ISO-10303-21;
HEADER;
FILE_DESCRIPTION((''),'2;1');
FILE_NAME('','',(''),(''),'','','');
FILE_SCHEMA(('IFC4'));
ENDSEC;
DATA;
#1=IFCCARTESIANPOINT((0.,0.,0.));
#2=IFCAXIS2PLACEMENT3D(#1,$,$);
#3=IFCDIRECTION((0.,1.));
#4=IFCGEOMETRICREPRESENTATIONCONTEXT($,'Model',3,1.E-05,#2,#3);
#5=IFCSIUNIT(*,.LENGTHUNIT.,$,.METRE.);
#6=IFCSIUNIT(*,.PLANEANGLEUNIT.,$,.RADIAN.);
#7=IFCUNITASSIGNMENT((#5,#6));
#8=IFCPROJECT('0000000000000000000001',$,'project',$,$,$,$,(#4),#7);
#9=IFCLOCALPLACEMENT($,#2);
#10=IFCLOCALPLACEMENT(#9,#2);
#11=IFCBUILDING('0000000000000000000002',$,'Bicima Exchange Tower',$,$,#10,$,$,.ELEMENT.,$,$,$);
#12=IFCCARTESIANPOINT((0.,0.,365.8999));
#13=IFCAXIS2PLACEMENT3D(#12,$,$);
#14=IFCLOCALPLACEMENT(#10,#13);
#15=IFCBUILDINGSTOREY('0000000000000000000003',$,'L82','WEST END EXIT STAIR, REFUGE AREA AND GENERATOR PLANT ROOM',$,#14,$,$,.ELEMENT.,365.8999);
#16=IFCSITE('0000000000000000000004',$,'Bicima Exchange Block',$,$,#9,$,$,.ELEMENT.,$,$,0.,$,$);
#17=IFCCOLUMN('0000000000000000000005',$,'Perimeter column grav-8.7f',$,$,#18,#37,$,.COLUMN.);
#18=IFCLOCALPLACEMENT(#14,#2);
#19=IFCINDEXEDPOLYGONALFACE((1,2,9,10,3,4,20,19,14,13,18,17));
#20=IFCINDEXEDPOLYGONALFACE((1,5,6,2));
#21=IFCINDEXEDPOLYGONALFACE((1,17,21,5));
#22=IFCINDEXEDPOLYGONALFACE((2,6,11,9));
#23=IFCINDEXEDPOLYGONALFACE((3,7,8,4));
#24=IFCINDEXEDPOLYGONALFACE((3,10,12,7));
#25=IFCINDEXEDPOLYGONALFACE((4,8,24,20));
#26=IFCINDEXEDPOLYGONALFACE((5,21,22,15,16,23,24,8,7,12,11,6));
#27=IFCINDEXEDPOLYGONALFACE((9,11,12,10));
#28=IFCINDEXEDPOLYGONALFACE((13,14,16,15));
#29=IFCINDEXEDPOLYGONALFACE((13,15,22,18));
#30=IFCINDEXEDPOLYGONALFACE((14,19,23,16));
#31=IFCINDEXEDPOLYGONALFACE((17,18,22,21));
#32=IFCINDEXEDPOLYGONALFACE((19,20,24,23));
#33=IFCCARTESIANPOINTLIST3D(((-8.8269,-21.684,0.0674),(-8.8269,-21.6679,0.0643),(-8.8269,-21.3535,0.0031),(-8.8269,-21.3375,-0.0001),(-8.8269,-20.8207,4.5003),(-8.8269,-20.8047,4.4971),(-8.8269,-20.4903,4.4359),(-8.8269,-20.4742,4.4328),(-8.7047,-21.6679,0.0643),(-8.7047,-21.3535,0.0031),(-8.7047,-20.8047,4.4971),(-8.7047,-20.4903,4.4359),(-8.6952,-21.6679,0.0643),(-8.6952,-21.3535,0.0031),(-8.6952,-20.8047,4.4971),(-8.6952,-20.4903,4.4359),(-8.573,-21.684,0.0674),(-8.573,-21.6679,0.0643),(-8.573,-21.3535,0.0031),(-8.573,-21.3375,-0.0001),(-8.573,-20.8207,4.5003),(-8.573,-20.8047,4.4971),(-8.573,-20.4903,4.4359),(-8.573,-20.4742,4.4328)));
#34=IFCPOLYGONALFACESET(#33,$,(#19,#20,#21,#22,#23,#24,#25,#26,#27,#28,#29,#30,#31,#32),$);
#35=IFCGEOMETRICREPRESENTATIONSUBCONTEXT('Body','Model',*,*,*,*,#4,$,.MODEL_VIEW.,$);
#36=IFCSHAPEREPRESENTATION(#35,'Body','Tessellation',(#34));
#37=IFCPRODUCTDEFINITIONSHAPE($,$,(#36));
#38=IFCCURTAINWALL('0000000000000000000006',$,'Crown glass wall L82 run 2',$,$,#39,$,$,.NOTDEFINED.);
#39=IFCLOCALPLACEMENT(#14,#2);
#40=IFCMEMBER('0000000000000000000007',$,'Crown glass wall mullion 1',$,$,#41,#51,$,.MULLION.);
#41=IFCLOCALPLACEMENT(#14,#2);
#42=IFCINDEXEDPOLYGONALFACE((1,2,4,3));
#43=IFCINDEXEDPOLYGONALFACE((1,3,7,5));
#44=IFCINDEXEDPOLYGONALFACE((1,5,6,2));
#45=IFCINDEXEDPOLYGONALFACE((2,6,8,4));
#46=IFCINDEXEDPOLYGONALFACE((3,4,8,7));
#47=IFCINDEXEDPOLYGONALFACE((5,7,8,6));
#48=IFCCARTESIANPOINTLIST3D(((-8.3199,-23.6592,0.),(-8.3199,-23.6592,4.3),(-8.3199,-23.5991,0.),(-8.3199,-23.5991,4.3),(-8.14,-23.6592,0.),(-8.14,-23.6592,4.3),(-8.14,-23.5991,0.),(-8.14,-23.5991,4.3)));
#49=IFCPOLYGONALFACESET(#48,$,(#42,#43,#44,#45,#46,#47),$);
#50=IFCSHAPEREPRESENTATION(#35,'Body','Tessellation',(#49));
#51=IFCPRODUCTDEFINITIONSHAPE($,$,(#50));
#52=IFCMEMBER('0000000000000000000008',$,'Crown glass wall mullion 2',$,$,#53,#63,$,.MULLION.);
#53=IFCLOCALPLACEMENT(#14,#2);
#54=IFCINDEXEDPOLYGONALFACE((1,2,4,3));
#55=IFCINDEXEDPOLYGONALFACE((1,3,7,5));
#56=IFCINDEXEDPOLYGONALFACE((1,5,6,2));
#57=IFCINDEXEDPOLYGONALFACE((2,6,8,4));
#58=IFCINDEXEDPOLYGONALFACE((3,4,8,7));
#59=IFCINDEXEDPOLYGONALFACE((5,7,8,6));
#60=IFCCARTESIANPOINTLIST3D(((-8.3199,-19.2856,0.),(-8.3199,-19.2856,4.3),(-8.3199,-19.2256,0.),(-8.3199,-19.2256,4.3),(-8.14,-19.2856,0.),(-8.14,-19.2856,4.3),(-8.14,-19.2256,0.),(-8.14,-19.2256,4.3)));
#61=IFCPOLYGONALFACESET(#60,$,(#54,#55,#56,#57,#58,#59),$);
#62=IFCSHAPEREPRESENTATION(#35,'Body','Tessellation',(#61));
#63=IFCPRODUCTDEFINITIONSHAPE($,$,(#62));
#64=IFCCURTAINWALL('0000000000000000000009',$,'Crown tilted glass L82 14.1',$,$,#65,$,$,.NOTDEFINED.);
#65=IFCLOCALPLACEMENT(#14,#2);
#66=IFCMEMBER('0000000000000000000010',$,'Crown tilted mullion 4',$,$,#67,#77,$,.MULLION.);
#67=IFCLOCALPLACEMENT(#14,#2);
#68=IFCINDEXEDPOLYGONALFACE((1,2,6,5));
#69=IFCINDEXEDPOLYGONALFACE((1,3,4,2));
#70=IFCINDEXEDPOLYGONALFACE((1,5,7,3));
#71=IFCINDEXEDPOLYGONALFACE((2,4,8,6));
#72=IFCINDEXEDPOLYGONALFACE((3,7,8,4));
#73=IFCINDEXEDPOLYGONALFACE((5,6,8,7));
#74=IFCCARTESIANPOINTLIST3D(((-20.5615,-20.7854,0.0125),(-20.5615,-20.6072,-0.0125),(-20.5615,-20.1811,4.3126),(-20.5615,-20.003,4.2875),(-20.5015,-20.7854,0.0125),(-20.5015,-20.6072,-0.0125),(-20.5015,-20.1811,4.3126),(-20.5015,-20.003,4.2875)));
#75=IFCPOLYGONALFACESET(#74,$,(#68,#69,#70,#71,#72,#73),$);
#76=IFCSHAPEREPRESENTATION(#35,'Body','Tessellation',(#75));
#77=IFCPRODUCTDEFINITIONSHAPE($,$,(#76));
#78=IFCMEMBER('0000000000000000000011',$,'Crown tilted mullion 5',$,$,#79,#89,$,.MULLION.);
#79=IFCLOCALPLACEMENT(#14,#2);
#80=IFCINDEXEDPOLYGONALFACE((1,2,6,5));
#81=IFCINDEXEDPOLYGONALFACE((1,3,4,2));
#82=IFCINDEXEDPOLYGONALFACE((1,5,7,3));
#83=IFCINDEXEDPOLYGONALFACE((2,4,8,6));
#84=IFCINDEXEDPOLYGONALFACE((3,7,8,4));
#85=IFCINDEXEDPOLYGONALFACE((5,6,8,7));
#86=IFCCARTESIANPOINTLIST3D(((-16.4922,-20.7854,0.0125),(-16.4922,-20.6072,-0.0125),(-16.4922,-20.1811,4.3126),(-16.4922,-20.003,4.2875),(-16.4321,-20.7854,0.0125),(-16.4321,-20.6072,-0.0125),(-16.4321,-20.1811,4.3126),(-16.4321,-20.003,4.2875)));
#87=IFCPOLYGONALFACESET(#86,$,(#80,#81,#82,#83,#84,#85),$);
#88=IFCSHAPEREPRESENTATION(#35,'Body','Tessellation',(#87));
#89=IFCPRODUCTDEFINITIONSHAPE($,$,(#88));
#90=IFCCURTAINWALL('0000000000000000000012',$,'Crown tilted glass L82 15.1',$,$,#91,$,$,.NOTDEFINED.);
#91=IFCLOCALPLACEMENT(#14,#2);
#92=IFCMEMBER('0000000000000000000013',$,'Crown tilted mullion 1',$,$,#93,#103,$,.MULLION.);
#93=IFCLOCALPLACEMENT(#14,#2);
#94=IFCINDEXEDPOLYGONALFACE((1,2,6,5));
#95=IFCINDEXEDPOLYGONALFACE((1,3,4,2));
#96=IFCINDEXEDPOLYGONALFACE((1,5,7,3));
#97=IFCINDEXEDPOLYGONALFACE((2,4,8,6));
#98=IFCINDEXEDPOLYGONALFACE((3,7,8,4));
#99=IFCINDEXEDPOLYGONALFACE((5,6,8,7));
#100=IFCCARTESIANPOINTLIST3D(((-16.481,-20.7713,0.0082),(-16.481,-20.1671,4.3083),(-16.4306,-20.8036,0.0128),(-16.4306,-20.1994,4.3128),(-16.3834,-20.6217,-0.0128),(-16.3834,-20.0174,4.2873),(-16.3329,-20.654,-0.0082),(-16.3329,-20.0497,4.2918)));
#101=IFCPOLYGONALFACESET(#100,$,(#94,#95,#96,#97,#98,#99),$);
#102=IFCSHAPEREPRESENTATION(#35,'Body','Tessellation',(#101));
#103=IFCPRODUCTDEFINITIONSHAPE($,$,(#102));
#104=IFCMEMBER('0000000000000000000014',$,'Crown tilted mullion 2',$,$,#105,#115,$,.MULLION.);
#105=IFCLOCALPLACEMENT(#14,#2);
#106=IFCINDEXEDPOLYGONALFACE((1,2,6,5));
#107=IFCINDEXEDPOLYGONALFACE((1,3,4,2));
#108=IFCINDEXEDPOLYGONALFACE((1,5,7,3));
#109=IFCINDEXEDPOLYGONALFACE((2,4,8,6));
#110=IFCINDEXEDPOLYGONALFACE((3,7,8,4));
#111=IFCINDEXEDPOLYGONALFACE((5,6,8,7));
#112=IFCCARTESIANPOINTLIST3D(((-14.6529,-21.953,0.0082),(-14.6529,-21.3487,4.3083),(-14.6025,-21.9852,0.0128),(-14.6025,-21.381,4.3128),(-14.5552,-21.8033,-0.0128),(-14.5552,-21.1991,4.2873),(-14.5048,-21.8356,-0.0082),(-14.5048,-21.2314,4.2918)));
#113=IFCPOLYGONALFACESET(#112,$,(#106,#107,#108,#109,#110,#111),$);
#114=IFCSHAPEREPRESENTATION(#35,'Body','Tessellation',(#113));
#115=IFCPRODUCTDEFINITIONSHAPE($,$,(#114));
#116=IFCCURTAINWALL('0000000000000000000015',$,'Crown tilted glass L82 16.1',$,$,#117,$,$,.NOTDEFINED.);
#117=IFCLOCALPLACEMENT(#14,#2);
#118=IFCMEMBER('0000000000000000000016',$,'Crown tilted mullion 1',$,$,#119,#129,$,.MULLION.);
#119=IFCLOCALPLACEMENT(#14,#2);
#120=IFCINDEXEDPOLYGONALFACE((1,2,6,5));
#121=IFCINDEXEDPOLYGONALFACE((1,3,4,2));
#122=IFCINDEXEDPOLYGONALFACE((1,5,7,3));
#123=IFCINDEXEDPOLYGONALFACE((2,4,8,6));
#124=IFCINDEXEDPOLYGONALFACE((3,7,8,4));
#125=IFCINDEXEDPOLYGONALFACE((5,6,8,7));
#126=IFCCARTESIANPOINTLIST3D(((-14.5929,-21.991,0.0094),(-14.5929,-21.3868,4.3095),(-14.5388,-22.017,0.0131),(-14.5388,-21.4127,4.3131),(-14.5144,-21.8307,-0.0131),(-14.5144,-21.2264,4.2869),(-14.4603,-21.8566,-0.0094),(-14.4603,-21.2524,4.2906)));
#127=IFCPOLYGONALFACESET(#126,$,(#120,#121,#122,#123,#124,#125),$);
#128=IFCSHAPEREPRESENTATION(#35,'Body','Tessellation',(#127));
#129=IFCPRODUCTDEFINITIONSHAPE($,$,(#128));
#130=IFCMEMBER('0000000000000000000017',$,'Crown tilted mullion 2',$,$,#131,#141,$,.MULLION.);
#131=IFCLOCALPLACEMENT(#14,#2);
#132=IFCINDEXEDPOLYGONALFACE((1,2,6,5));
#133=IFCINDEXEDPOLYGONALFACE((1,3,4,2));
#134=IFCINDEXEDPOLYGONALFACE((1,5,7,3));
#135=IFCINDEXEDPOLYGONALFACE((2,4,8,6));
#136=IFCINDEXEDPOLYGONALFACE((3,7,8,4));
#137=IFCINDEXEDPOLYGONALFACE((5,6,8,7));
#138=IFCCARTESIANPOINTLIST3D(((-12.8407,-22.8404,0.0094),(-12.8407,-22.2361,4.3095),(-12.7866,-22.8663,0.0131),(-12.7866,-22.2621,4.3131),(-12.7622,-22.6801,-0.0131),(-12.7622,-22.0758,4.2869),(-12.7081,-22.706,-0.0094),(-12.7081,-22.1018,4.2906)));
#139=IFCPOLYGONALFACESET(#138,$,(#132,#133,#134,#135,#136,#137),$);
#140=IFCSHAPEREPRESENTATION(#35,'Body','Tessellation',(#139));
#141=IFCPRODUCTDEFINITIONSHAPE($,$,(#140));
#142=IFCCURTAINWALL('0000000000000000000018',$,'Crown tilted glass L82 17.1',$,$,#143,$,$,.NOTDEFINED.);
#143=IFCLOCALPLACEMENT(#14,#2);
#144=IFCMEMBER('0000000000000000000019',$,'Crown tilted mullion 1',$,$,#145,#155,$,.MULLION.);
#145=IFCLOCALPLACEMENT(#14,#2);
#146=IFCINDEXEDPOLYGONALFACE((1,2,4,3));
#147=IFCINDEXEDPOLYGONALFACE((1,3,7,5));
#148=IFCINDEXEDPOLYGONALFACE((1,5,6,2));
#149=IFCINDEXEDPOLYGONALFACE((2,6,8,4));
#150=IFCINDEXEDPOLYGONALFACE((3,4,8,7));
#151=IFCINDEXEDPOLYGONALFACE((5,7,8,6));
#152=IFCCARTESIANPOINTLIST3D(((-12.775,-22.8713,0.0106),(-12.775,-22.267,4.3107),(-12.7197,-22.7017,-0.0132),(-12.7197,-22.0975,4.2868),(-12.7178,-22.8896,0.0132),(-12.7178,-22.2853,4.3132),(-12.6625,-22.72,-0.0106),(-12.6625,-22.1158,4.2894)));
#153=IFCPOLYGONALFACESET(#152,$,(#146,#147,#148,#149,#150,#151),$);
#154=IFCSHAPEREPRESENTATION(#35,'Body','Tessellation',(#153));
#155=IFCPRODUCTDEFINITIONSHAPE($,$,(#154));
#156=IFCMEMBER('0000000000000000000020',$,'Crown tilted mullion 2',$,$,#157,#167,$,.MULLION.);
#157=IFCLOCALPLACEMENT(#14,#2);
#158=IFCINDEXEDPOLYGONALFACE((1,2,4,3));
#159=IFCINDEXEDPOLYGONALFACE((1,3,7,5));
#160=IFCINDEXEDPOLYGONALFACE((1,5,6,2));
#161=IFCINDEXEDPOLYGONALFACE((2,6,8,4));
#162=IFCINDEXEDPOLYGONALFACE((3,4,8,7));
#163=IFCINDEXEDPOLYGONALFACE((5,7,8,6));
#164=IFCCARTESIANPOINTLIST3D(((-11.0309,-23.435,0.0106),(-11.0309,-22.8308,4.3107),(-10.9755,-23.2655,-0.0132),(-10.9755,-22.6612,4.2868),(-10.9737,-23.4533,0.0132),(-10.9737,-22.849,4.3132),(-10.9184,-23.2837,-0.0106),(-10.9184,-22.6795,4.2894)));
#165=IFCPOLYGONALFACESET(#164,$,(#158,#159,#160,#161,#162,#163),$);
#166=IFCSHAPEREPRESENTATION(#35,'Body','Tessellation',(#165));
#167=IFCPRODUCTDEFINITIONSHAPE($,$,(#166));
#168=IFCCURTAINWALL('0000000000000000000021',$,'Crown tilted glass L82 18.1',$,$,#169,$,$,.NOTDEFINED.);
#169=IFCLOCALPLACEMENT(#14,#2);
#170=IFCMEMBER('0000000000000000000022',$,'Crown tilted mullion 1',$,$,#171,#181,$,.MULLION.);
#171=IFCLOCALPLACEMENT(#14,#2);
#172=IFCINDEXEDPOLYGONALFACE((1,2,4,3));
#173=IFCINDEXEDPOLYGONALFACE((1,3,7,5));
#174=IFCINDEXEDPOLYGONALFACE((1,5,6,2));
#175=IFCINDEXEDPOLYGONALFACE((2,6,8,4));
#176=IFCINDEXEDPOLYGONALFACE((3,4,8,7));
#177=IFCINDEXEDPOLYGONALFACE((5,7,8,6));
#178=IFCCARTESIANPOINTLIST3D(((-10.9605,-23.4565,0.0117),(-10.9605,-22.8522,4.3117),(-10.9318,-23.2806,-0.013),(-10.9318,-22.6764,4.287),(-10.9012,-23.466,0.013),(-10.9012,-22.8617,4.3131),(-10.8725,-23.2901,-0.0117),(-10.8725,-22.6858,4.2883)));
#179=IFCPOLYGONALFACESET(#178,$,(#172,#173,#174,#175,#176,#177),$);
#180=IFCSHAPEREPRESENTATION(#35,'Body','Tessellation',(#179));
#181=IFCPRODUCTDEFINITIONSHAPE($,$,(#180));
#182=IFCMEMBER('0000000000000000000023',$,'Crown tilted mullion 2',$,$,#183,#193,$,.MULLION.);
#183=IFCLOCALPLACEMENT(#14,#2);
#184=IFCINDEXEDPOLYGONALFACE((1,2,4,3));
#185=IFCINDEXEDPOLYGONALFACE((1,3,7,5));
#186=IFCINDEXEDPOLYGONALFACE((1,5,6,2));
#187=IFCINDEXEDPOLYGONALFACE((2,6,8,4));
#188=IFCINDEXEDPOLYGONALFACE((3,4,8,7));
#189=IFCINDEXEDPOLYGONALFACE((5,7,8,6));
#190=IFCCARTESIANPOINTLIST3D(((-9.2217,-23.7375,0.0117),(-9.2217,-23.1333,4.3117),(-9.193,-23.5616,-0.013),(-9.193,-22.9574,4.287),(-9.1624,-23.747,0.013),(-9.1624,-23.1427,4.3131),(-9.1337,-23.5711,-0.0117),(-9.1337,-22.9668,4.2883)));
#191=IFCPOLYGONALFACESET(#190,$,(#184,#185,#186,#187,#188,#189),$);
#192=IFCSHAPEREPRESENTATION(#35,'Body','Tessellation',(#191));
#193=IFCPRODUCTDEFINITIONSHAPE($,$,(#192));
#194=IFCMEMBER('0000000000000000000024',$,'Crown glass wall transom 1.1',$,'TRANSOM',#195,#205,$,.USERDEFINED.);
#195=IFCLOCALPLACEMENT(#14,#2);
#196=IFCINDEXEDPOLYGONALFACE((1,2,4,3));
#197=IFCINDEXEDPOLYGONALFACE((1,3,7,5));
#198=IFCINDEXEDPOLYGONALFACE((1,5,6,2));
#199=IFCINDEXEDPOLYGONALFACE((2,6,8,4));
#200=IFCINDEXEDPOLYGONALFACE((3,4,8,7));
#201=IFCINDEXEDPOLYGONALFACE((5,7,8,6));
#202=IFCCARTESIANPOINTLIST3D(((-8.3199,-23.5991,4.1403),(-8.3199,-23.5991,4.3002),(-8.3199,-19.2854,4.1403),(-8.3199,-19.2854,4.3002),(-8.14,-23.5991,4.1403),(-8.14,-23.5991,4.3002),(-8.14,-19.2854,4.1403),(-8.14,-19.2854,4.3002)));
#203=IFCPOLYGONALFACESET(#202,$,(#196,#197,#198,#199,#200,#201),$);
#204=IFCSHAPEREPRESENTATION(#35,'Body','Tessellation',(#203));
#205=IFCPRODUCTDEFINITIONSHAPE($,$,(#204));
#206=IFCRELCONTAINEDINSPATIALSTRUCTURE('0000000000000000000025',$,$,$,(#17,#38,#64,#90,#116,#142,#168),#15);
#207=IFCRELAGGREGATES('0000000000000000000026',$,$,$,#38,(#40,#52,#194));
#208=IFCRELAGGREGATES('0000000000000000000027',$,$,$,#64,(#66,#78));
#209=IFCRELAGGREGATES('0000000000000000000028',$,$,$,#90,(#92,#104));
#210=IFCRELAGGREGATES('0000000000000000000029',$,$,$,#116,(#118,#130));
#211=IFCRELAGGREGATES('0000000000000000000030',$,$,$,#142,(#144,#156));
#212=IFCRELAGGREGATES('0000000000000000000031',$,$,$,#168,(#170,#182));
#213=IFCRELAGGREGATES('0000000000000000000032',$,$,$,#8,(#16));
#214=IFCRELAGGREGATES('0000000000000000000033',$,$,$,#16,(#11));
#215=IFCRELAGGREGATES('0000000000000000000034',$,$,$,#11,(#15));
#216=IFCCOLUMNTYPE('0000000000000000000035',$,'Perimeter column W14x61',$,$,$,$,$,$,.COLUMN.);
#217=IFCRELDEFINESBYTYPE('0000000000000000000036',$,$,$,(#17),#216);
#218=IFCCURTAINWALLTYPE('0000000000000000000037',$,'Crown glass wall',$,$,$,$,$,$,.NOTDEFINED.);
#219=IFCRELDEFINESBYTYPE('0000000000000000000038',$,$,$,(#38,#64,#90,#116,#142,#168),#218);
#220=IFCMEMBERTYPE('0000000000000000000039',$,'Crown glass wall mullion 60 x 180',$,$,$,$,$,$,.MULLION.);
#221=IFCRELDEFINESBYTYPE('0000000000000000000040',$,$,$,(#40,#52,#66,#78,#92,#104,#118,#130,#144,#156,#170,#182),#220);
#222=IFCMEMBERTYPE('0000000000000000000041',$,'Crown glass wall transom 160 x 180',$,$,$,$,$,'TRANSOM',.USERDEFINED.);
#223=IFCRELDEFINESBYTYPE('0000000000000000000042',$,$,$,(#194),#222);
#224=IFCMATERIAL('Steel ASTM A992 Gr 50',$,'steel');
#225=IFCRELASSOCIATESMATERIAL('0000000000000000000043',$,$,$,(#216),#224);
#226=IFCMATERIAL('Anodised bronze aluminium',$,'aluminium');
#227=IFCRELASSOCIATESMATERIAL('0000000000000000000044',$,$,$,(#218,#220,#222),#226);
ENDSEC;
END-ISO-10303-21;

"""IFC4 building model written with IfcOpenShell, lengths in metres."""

from ifc_helpers import new_model, si_unit, direction, frame, origin, origin_2d, place, context, subcontext, project, spatial, rectangle, i_section, extrude, material, material_profile, profile_set, type_object, element, aggregate, save


model = new_model("IFC4")

# Units and contexts
model_context = context("Model", 3, precision=1e-05, world=origin(), true_north=direction((0.0, 1.0)))
body_context = subcontext(model_context, "Body", "Model", "MODEL_VIEW")
ifc_project = project(units=[si_unit("LENGTHUNIT", "METRE"), si_unit("PLANEANGLEUNIT", "RADIAN")], contexts=[model_context])

# Site, building, storey
site_placement = place(None, origin())
site = spatial("IfcSite", under=ifc_project, at=site_placement, Name="Bicima Exchange Block", CompositionType="ELEMENT", RefElevation=0.0)
building_placement = place(site_placement, origin())
building = spatial("IfcBuilding", under=site, at=building_placement, Name="Bicima Exchange Tower", CompositionType="ELEMENT")
storey_placement = place(building_placement, frame((0.0, 0.0, 365.8999)))
storey = spatial("IfcBuildingStorey", under=building, at=storey_placement, Name="L82", Description="WEST END EXIT STAIR, REFUGE AREA AND GENERATOR PLANT ROOM", CompositionType="ELEMENT", Elevation=365.8999)

# Column
ifc_material_1 = material(Name="Steel ASTM A992 Gr 50", Category="steel")
ifc_material_profile_1 = material_profile(ifc_material_1, i_section(OverallWidth=0.2539, OverallDepth=0.353, WebThickness=0.0095, FlangeThickness=0.0164, at=origin_2d()))
ifc_profile_set_1 = profile_set([ifc_material_profile_1], Name="Steel ASTM A992 Gr 50")
column_type = type_object("IfcColumnType", Name="Perimeter column W14x61", PredefinedType="COLUMN", material=ifc_profile_set_1)
column_placement = place(storey_placement, frame((-8.7, -21.5107, 0.0337), z_axis=(0.0, 0.191155, 0.98156), x_axis=(-1.0, 0.0, 0.0)))
element("IfcColumn", 1, at=column_placement, inside=storey, type_object=column_type, Name="Perimeter column grav-8.7f", PredefinedType="COLUMN", context=body_context, shape_type="SweptSolid", body=[
    extrude(i_section(OverallWidth=0.2539, OverallDepth=0.353, WebThickness=0.0095, FlangeThickness=0.0164, at=origin_2d()), origin(), (0.0, 0.0, 1.0), 4.5161),
])

# Curtain walls, members
ifc_material_2 = material(Name="Anodised bronze aluminium", Category="aluminium")
curtain_wall_type = type_object("IfcCurtainWallType", Name="Crown glass wall", PredefinedType="NOTDEFINED", material=ifc_material_2)
curtain_wall_1_placement = place(storey_placement, origin())
curtain_wall_1 = element("IfcCurtainWall", 2, at=curtain_wall_1_placement, inside=storey, type_object=curtain_wall_type, Name="Crown glass wall L82 run 2", PredefinedType="NOTDEFINED")
ifc_material_profile_2 = material_profile(ifc_material_2, rectangle(XDim=0.1799, YDim=0.0601, at=origin_2d()))
ifc_profile_set_2 = profile_set([ifc_material_profile_2], Name="Anodised bronze aluminium")
member_type_1 = type_object("IfcMemberType", Name="Crown glass wall mullion 60 x 180", PredefinedType="MULLION", material=ifc_profile_set_2)
member_1_placement = place(storey_placement, frame((-8.23, -23.6292, 0.0), z_axis=(0.0, 0.0, 1.0), x_axis=(-1.0, 0.0, 0.0)))
member_1 = element("IfcMember", 3, at=member_1_placement, type_object=member_type_1, Name="Crown glass wall mullion 1", PredefinedType="MULLION", context=body_context, shape_type="SweptSolid", body=[
    extrude(rectangle(XDim=0.1799, YDim=0.0601, at=origin_2d()), origin(), (0.0, 0.0, 1.0), 4.3),
])
member_2_placement = place(storey_placement, frame((-8.23, -19.2556, 0.0), z_axis=(0.0, 0.0, 1.0), x_axis=(-1.0, 0.0, 0.0)))
member_2 = element("IfcMember", 4, at=member_2_placement, type_object=member_type_1, Name="Crown glass wall mullion 2", PredefinedType="MULLION", context=body_context, shape_type="SweptSolid", body=[
    extrude(rectangle(XDim=0.1799, YDim=0.0601, at=origin_2d()), origin(), (0.0, 0.0, 1.0), 4.3),
])
curtain_wall_2_placement = place(storey_placement, origin())
curtain_wall_2 = element("IfcCurtainWall", 5, at=curtain_wall_2_placement, inside=storey, type_object=curtain_wall_type, Name="Crown tilted glass L82 14.1", PredefinedType="NOTDEFINED")
member_3_placement = place(storey_placement, frame((-20.5315, -20.6963, 0.0), z_axis=(0.0, 0.139154, 0.990271), x_axis=(0.0, -0.990271, 0.139154)))
member_3 = element("IfcMember", 6, at=member_3_placement, type_object=member_type_1, Name="Crown tilted mullion 4", PredefinedType="MULLION", context=body_context, shape_type="SweptSolid", body=[
    extrude(rectangle(XDim=0.1799, YDim=0.0601, at=origin_2d()), origin(), (0.0, 0.0, 1.0), 4.3423),
])
member_4_placement = place(storey_placement, frame((-16.4622, -20.6963, 0.0), z_axis=(0.0, 0.139154, 0.990271), x_axis=(0.0, -0.990271, 0.139154)))
member_4 = element("IfcMember", 7, at=member_4_placement, type_object=member_type_1, Name="Crown tilted mullion 5", PredefinedType="MULLION", context=body_context, shape_type="SweptSolid", body=[
    extrude(rectangle(XDim=0.1799, YDim=0.0601, at=origin_2d()), origin(), (0.0, 0.0, 1.0), 4.3423),
])
curtain_wall_3_placement = place(storey_placement, origin())
curtain_wall_3 = element("IfcCurtainWall", 8, at=curtain_wall_3_placement, inside=storey, type_object=curtain_wall_type, Name="Crown tilted glass L82 15.1", PredefinedType="NOTDEFINED")
member_5_placement = place(storey_placement, frame((-16.407, -20.7126, 0.0), z_axis=(0.0, 0.139154, 0.990271), x_axis=(-0.542911, -0.83162, 0.11686)))
member_5 = element("IfcMember", 9, at=member_5_placement, type_object=member_type_1, Name="Crown tilted mullion 1", PredefinedType="MULLION", context=body_context, shape_type="SweptSolid", body=[
    extrude(rectangle(XDim=0.1799, YDim=0.0601, at=origin_2d()), origin(), (0.0, 0.0, 1.0), 4.3423),
])
member_6_placement = place(storey_placement, frame((-14.5789, -21.8943, 0.0), z_axis=(0.0, 0.139154, 0.990271), x_axis=(-0.542911, -0.83162, 0.11686)))
member_6 = element("IfcMember", 10, at=member_6_placement, type_object=member_type_1, Name="Crown tilted mullion 2", PredefinedType="MULLION", context=body_context, shape_type="SweptSolid", body=[
    extrude(rectangle(XDim=0.1799, YDim=0.0601, at=origin_2d()), origin(), (0.0, 0.0, 1.0), 4.3423),
])
curtain_wall_4_placement = place(storey_placement, origin())
curtain_wall_4 = element("IfcCurtainWall", 11, at=curtain_wall_4_placement, inside=storey, type_object=curtain_wall_type, Name="Crown tilted glass L82 16.1", PredefinedType="NOTDEFINED")
member_7_placement = place(storey_placement, frame((-14.5266, -21.9238, 0.0), z_axis=(0.0, 0.139154, 0.990271), x_axis=(-0.436225, -0.891083, 0.125216)))
member_7 = element("IfcMember", 12, at=member_7_placement, type_object=member_type_1, Name="Crown tilted mullion 1", PredefinedType="MULLION", context=body_context, shape_type="SweptSolid", body=[
    extrude(rectangle(XDim=0.1799, YDim=0.0601, at=origin_2d()), origin(), (0.0, 0.0, 1.0), 4.3423),
])
member_8_placement = place(storey_placement, frame((-12.7744, -22.7732, 0.0), z_axis=(0.0, 0.139154, 0.990271), x_axis=(-0.436225, -0.891083, 0.125216)))
member_8 = element("IfcMember", 13, at=member_8_placement, type_object=member_type_1, Name="Crown tilted mullion 2", PredefinedType="MULLION", context=body_context, shape_type="SweptSolid", body=[
    extrude(rectangle(XDim=0.1799, YDim=0.0601, at=origin_2d()), origin(), (0.0, 0.0, 1.0), 4.3423),
])
curtain_wall_5_placement = place(storey_placement, origin())
curtain_wall_5 = element("IfcCurtainWall", 14, at=curtain_wall_5_placement, inside=storey, type_object=curtain_wall_type, Name="Crown tilted glass L82 17.1", PredefinedType="NOTDEFINED")
member_9_placement = place(storey_placement, frame((-12.7188, -22.7957, 0.0), z_axis=(0.0, 0.139154, 0.990271), x_axis=(-0.307573, -0.942267, 0.132408)))
member_9 = element("IfcMember", 15, at=member_9_placement, type_object=member_type_1, Name="Crown tilted mullion 1", PredefinedType="MULLION", context=body_context, shape_type="SweptSolid", body=[
    extrude(rectangle(XDim=0.1799, YDim=0.0601, at=origin_2d()), origin(), (0.0, 0.0, 1.0), 4.3423),
])
member_10_placement = place(storey_placement, frame((-10.9746, -23.3594, 0.0), z_axis=(0.0, 0.139154, 0.990271), x_axis=(-0.307573, -0.942267, 0.132408)))
member_10 = element("IfcMember", 16, at=member_10_placement, type_object=member_type_1, Name="Crown tilted mullion 2", PredefinedType="MULLION", context=body_context, shape_type="SweptSolid", body=[
    extrude(rectangle(XDim=0.1799, YDim=0.0601, at=origin_2d()), origin(), (0.0, 0.0, 1.0), 4.3423),
])
curtain_wall_6_placement = place(storey_placement, origin())
curtain_wall_6 = element("IfcCurtainWall", 17, at=curtain_wall_6_placement, inside=storey, type_object=curtain_wall_type, Name="Crown tilted glass L82 18.1", PredefinedType="NOTDEFINED")
member_11_placement = place(storey_placement, frame((-10.9165, -23.3733, 0.0), z_axis=(0.0, 0.139154, 0.990271), x_axis=(-0.15955, -0.977585, 0.137371)))
member_11 = element("IfcMember", 18, at=member_11_placement, type_object=member_type_1, Name="Crown tilted mullion 1", PredefinedType="MULLION", context=body_context, shape_type="SweptSolid", body=[
    extrude(rectangle(XDim=0.1799, YDim=0.0601, at=origin_2d()), origin(), (0.0, 0.0, 1.0), 4.3423),
])
member_12_placement = place(storey_placement, frame((-9.1777, -23.6543, 0.0), z_axis=(0.0, 0.139154, 0.990271), x_axis=(-0.15955, -0.977585, 0.137371)))
member_12 = element("IfcMember", 19, at=member_12_placement, type_object=member_type_1, Name="Crown tilted mullion 2", PredefinedType="MULLION", context=body_context, shape_type="SweptSolid", body=[
    extrude(rectangle(XDim=0.1799, YDim=0.0601, at=origin_2d()), origin(), (0.0, 0.0, 1.0), 4.3423),
])

# Member
ifc_material_profile_3 = material_profile(ifc_material_2, rectangle(XDim=0.1799, YDim=0.1599, at=origin_2d()))
ifc_profile_set_3 = profile_set([ifc_material_profile_3], Name="Anodised bronze aluminium")
member_type_2 = type_object("IfcMemberType", Name="Crown glass wall transom 160 x 180", ElementType="TRANSOM", PredefinedType="USERDEFINED", material=ifc_profile_set_3)
member_13_placement = place(storey_placement, frame((-8.23, -23.5991, 4.2202), z_axis=(0.0, 1.0, 0.0), x_axis=(-1.0, 0.0, 0.0)))
member_13 = element("IfcMember", 20, at=member_13_placement, type_object=member_type_2, Name="Crown glass wall transom 1.1", ObjectType="TRANSOM", PredefinedType="USERDEFINED", context=body_context, shape_type="SweptSolid", body=[
    extrude(rectangle(XDim=0.1799, YDim=0.1599, at=origin_2d()), origin(), (0.0, 0.0, 1.0), 4.3137),
])

aggregate(curtain_wall_1, [member_1, member_2, member_13])
aggregate(curtain_wall_2, [member_3, member_4])
aggregate(curtain_wall_3, [member_5, member_6])
aggregate(curtain_wall_4, [member_7, member_8])
aggregate(curtain_wall_5, [member_9, member_10])
aggregate(curtain_wall_6, [member_11, member_12])

save(model, "model.ifc")
